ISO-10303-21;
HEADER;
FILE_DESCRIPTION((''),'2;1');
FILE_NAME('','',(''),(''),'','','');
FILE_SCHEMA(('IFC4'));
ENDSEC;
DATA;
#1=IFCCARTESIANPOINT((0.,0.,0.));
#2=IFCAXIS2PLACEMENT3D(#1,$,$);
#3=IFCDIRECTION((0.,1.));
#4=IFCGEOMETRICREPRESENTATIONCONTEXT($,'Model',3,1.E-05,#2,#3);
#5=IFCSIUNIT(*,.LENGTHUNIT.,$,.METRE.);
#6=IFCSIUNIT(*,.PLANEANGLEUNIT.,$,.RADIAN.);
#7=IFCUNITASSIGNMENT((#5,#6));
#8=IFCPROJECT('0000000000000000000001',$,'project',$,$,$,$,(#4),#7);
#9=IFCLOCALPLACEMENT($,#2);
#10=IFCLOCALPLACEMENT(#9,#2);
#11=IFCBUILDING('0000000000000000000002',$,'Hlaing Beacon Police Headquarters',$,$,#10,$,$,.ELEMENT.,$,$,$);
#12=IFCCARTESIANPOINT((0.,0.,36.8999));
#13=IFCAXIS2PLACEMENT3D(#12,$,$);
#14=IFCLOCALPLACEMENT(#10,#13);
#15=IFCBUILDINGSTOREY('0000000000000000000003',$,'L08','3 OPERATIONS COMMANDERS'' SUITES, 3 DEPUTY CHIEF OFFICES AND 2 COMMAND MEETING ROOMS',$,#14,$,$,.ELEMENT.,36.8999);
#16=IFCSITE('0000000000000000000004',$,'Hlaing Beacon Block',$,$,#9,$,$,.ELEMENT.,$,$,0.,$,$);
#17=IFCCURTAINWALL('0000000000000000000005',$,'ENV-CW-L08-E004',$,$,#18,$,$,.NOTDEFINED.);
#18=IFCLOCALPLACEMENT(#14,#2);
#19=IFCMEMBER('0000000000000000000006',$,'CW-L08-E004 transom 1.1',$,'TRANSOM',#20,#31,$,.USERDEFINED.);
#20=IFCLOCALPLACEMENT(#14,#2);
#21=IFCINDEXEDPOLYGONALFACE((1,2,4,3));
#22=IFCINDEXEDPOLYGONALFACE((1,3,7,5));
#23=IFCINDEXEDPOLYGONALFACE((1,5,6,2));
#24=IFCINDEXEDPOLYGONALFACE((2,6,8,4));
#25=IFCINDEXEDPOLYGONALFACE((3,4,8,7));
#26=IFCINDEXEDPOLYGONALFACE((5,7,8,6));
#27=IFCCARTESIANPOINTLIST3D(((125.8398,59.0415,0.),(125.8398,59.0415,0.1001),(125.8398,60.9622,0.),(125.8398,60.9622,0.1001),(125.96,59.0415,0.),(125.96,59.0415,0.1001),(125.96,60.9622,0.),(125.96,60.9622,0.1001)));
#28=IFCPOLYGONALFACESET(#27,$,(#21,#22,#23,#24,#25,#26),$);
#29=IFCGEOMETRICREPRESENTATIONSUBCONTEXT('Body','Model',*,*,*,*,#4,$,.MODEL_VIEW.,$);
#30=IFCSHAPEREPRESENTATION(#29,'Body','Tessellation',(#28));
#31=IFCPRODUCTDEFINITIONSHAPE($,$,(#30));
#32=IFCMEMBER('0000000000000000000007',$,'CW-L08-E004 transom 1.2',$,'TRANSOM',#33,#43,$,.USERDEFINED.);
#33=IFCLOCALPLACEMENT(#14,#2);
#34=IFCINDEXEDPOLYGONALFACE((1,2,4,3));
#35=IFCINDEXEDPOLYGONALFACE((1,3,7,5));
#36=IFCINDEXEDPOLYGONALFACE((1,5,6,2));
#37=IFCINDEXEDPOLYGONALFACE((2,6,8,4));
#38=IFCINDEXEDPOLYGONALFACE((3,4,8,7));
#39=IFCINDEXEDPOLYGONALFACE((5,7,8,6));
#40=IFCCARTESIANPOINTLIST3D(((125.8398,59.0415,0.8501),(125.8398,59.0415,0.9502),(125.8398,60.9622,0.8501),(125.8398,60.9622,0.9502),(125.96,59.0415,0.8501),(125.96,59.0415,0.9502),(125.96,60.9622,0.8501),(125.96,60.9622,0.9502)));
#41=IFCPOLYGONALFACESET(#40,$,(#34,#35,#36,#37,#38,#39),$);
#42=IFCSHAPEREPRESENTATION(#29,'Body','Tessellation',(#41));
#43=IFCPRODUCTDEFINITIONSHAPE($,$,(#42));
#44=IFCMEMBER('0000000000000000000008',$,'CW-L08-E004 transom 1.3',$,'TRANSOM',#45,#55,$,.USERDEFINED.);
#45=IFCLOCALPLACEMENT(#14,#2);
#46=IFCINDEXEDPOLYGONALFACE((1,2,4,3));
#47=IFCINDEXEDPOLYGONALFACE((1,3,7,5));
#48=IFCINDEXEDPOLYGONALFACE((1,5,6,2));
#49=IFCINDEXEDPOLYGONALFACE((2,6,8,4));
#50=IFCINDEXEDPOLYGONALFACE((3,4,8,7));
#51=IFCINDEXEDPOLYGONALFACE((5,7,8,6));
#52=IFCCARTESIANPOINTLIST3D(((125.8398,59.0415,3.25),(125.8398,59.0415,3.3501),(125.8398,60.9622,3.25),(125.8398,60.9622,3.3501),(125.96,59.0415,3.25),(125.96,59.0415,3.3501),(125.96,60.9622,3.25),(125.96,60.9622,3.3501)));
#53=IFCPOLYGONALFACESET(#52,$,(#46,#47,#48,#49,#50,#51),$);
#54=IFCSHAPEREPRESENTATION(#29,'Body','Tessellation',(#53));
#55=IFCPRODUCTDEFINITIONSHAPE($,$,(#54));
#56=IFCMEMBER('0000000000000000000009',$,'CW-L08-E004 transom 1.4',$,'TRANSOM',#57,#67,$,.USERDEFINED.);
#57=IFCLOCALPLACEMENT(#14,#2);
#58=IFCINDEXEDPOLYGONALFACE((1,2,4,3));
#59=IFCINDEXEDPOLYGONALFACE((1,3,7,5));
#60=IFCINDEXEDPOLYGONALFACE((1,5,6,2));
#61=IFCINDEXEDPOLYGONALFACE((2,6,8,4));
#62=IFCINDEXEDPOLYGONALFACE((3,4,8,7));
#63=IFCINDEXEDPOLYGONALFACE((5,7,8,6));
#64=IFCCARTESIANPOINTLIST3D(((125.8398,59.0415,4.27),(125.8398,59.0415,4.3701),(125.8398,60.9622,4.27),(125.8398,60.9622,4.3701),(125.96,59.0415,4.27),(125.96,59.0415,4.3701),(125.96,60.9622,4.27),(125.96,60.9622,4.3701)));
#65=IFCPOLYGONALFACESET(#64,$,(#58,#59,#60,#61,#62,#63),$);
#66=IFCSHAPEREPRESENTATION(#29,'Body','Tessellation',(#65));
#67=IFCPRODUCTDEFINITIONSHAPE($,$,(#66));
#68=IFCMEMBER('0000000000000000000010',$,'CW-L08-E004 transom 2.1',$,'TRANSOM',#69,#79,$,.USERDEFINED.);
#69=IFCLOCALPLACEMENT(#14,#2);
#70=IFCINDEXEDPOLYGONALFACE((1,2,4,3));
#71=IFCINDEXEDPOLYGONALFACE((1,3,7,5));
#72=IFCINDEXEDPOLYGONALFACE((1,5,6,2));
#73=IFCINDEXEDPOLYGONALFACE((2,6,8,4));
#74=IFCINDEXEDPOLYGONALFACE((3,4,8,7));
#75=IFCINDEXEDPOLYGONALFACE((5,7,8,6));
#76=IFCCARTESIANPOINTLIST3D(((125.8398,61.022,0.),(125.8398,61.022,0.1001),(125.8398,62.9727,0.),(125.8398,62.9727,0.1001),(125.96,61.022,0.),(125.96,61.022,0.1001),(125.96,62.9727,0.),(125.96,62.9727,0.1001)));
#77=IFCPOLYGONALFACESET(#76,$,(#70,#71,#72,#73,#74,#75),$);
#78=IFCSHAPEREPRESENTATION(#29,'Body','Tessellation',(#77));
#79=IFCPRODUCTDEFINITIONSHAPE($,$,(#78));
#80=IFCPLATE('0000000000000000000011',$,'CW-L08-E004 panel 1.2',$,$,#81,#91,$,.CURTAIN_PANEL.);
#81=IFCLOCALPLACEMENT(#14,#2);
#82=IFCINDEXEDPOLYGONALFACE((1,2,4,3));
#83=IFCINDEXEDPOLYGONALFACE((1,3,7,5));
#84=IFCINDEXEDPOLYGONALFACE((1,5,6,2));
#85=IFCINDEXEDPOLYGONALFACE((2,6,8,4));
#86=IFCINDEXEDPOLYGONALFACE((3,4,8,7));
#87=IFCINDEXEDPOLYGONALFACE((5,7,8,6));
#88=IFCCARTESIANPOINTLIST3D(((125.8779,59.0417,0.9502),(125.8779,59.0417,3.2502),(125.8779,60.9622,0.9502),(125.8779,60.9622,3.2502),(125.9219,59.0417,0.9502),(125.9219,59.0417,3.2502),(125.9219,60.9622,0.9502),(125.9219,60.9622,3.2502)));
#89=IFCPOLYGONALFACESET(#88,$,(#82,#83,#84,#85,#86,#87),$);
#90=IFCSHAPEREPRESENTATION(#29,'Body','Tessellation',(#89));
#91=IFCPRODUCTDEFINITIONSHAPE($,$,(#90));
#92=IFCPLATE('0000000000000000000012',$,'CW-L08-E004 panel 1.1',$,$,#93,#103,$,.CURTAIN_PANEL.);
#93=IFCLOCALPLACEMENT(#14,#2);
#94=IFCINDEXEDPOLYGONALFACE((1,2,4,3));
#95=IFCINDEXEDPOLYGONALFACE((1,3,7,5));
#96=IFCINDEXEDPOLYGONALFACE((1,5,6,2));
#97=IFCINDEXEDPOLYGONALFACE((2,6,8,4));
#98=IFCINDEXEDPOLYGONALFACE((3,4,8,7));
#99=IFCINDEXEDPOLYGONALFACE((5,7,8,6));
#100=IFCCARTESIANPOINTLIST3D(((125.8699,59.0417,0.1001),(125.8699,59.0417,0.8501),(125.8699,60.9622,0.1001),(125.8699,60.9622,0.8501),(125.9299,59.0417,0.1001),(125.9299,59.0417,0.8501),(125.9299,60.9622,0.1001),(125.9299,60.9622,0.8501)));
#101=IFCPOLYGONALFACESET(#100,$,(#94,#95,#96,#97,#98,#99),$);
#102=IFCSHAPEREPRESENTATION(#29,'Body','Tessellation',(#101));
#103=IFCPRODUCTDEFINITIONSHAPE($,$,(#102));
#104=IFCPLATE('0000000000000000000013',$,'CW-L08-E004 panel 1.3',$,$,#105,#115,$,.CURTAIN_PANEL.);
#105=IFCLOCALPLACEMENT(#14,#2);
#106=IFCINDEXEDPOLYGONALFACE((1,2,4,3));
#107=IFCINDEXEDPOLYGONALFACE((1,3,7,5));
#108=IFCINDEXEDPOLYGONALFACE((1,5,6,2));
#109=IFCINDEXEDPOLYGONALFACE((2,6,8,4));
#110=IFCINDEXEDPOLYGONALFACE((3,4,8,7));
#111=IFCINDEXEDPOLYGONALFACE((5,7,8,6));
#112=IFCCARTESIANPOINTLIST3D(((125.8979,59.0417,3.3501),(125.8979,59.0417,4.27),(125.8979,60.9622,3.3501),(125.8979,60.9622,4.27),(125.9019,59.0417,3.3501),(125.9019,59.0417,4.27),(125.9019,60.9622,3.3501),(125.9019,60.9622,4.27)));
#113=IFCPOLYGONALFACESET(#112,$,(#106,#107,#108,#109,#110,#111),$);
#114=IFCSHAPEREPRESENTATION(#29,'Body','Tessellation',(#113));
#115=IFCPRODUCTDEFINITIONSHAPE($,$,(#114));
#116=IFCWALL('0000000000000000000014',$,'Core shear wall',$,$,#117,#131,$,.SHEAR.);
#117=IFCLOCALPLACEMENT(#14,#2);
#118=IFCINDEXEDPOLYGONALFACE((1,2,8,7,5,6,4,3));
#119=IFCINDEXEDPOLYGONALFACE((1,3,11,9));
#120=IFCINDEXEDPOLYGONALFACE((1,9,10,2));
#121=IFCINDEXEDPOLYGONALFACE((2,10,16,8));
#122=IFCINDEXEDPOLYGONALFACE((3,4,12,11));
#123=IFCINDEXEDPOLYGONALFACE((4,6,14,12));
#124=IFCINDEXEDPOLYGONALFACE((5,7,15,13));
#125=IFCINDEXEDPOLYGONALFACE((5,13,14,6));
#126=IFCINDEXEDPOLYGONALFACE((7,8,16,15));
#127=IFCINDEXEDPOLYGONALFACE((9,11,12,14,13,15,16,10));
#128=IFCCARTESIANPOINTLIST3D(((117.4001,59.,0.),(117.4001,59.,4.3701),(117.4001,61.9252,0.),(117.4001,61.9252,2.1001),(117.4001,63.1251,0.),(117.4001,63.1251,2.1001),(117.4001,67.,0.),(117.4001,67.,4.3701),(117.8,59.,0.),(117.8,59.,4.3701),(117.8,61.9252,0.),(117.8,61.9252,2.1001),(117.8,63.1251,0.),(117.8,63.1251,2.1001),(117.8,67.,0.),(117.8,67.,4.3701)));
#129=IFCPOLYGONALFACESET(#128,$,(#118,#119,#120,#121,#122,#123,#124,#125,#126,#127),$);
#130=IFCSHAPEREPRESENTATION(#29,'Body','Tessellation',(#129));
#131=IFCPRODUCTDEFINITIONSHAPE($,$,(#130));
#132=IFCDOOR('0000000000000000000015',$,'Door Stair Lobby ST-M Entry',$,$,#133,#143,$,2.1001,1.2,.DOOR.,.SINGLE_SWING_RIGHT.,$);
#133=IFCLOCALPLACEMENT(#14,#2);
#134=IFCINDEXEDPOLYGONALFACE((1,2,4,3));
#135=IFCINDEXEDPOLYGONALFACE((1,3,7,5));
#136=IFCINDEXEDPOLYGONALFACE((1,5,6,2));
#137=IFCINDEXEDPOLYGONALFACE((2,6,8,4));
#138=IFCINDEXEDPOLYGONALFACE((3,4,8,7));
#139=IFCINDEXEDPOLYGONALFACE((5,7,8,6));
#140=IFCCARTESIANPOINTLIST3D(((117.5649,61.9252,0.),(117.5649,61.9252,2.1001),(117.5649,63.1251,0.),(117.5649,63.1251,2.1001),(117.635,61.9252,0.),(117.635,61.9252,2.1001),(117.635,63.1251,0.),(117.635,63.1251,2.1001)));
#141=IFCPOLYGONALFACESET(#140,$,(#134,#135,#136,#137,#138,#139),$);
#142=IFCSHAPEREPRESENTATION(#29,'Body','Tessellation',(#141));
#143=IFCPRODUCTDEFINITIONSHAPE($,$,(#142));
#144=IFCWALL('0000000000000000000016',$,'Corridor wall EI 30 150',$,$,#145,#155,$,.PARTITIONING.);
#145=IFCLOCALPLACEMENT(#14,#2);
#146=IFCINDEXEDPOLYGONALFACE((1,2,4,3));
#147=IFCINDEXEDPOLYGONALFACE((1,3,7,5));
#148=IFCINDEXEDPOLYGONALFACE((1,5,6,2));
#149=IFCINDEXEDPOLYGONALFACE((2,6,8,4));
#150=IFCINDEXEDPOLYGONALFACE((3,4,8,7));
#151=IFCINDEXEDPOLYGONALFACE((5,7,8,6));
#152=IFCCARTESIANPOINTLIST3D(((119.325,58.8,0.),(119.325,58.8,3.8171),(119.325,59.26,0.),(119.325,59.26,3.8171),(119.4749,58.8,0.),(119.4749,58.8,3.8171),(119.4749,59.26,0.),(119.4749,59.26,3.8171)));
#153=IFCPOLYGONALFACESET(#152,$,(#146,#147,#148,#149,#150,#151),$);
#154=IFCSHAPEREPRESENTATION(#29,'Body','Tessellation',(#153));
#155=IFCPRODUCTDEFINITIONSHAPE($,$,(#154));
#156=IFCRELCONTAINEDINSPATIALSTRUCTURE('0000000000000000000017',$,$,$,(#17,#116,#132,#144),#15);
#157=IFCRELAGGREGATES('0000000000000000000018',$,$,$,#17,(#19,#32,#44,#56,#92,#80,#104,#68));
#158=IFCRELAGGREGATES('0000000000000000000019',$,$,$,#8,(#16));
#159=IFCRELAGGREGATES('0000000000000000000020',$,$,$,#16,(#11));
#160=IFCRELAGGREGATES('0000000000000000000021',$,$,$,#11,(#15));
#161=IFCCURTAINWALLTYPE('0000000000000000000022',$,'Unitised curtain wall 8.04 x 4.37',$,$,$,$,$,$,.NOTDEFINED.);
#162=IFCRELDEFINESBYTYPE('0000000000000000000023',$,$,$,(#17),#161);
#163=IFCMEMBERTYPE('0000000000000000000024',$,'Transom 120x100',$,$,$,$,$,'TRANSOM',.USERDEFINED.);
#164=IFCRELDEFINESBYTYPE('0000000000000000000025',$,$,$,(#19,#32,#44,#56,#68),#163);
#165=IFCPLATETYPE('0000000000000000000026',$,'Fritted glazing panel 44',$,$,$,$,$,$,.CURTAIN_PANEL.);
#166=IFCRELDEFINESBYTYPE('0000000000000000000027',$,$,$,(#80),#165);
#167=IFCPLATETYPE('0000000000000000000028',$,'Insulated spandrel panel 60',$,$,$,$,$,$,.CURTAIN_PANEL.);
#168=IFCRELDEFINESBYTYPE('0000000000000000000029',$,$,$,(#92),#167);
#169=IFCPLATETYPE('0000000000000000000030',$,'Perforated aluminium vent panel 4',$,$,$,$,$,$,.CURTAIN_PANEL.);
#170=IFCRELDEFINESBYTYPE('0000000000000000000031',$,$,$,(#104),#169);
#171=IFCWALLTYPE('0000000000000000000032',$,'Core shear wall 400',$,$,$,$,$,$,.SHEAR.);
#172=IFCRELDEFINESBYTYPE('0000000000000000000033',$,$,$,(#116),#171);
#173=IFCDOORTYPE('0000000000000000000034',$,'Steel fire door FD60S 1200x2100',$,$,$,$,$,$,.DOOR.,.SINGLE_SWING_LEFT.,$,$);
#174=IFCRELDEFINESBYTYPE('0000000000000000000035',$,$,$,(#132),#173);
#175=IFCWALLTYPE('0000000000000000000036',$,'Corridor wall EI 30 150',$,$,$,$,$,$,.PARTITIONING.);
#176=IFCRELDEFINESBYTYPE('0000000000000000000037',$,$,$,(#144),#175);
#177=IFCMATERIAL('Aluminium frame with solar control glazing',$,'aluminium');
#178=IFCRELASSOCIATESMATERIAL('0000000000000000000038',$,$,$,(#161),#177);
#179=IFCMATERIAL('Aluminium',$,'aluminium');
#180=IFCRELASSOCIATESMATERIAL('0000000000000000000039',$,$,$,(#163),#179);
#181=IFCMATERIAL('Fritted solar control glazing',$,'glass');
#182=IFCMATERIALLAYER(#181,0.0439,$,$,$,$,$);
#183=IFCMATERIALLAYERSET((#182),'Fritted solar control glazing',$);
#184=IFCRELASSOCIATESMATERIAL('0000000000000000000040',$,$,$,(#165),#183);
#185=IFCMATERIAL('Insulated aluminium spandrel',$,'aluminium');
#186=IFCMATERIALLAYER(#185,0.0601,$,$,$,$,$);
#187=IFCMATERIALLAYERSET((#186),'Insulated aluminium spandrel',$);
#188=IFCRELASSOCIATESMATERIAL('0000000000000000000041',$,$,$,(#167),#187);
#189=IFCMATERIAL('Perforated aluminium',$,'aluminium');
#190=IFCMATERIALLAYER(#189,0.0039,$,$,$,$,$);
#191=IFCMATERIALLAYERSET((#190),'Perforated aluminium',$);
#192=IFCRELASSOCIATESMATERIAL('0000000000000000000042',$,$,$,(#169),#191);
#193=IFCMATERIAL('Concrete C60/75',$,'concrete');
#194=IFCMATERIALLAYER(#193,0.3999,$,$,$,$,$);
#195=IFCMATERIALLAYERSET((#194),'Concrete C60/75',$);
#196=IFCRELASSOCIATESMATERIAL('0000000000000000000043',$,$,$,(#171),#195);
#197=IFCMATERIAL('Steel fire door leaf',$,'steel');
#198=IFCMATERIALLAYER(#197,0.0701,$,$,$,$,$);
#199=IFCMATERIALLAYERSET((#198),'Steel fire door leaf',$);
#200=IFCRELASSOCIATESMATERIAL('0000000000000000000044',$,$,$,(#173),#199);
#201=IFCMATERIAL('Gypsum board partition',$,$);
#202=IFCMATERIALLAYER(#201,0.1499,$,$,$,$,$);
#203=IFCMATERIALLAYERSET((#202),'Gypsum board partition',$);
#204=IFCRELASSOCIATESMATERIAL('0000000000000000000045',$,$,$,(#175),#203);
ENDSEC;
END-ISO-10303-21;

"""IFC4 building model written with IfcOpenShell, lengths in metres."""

from ifc_helpers import new_model, si_unit, direction, frame, frame_2d, origin, origin_2d, place, context, subcontext, project, spatial, rectangle, extrude, material, layer, layer_set, material_profile, profile_set, type_object, element, fill, aggregate, save


model = new_model("IFC4")

# Units and contexts
model_context = context("Model", 3, precision=1e-05, world=origin(), true_north=direction((0.0, 1.0)))
body_context = subcontext(model_context, "Body", "Model", "MODEL_VIEW")
ifc_project = project(units=[si_unit("LENGTHUNIT", "METRE"), si_unit("PLANEANGLEUNIT", "RADIAN")], contexts=[model_context])

# Site, building, storey
site_placement = place(None, origin())
site = spatial("IfcSite", under=ifc_project, at=site_placement, Name="Hlaing Beacon Block", CompositionType="ELEMENT", RefElevation=0.0)
building_placement = place(site_placement, origin())
building = spatial("IfcBuilding", under=site, at=building_placement, Name="Hlaing Beacon Police Headquarters", CompositionType="ELEMENT")
storey_placement = place(building_placement, frame((0.0, 0.0, 36.8999)))
storey = spatial("IfcBuildingStorey", under=building, at=storey_placement, Name="L08", Description="3 OPERATIONS COMMANDERS' SUITES, 3 DEPUTY CHIEF OFFICES AND 2 COMMAND MEETING ROOMS", CompositionType="ELEMENT", Elevation=36.8999)

# Curtain wall
ifc_material_1 = material(Name="Aluminium frame with solar control glazing", Category="aluminium")
curtain_wall_type = type_object("IfcCurtainWallType", Name="Unitised curtain wall 8.04 x 4.37", PredefinedType="NOTDEFINED", material=ifc_material_1)
curtain_wall_placement = place(storey_placement, origin())
curtain_wall = element("IfcCurtainWall", 1, at=curtain_wall_placement, inside=storey, type_object=curtain_wall_type, Name="ENV-CW-L08-E004", PredefinedType="NOTDEFINED")

# Members
ifc_material_2 = material(Name="Aluminium", Category="aluminium")
ifc_material_profile_1 = material_profile(ifc_material_2, rectangle(XDim=0.1201, YDim=0.1001, at=origin_2d()), Name="Transom 120x100")
ifc_profile_set_1 = profile_set([ifc_material_profile_1], Name="Aluminium")
member_type_1 = type_object("IfcMemberType", Name="Transom 120x100", ElementType="TRANSOM", PredefinedType="USERDEFINED", material=ifc_profile_set_1)
member_1_placement = place(storey_placement, frame((125.8999, 59.0415, 0.05), z_axis=(0.0, 1.0, 0.0), x_axis=(-1.0, 0.0, 0.0)))
member_1 = element("IfcMember", 2, at=member_1_placement, type_object=member_type_1, Name="CW-L08-E004 transom 1.1", ObjectType="TRANSOM", PredefinedType="USERDEFINED", context=body_context, shape_type="SweptSolid", body=[
    extrude(rectangle(XDim=0.1201, YDim=0.1001, at=origin_2d()), origin(), (0.0, 0.0, 1.0), 1.9207),
])
member_2_placement = place(storey_placement, frame((125.8999, 59.0415, 0.9001), z_axis=(0.0, 1.0, 0.0), x_axis=(-1.0, 0.0, 0.0)))
member_2 = element("IfcMember", 3, at=member_2_placement, type_object=member_type_1, Name="CW-L08-E004 transom 1.2", ObjectType="TRANSOM", PredefinedType="USERDEFINED", context=body_context, shape_type="SweptSolid", body=[
    extrude(rectangle(XDim=0.1201, YDim=0.1001, at=origin_2d()), origin(), (0.0, 0.0, 1.0), 1.9207),
])
member_3_placement = place(storey_placement, frame((125.8999, 59.0415, 3.3), z_axis=(0.0, 1.0, 0.0), x_axis=(-1.0, 0.0, 0.0)))
member_3 = element("IfcMember", 4, at=member_3_placement, type_object=member_type_1, Name="CW-L08-E004 transom 1.3", ObjectType="TRANSOM", PredefinedType="USERDEFINED", context=body_context, shape_type="SweptSolid", body=[
    extrude(rectangle(XDim=0.1201, YDim=0.1001, at=origin_2d()), origin(), (0.0, 0.0, 1.0), 1.9207),
])
member_4_placement = place(storey_placement, frame((125.8999, 59.0415, 4.3201), z_axis=(0.0, 1.0, 0.0), x_axis=(-1.0, 0.0, 0.0)))
member_4 = element("IfcMember", 5, at=member_4_placement, type_object=member_type_1, Name="CW-L08-E004 transom 1.4", ObjectType="TRANSOM", PredefinedType="USERDEFINED", context=body_context, shape_type="SweptSolid", body=[
    extrude(rectangle(XDim=0.1201, YDim=0.1001, at=origin_2d()), origin(), (0.0, 0.0, 1.0), 1.9207),
])
member_5_placement = place(storey_placement, frame((125.8999, 61.022, 0.05), z_axis=(0.0, 1.0, 0.0), x_axis=(-1.0, 0.0, 0.0)))
member_5 = element("IfcMember", 6, at=member_5_placement, type_object=member_type_1, Name="CW-L08-E004 transom 2.1", ObjectType="TRANSOM", PredefinedType="USERDEFINED", context=body_context, shape_type="SweptSolid", body=[
    extrude(rectangle(XDim=0.1201, YDim=0.1001, at=origin_2d()), origin(), (0.0, 0.0, 1.0), 1.9507),
])

# Plates
ifc_material_3 = material(Name="Fritted solar control glazing", Category="glass")
ifc_layer_1 = layer(ifc_material_3, 0.0439)
ifc_layer_set_1 = layer_set([ifc_layer_1], Name="Fritted solar control glazing")
plate_type_1 = type_object("IfcPlateType", Name="Fritted glazing panel 44", PredefinedType="CURTAIN_PANEL", material=ifc_layer_set_1)
plate_1_placement = place(storey_placement, frame((125.8999, 60.002, 0.9502), z_axis=(0.0, 0.0, 1.0), x_axis=(0.0, 1.0, 0.0)))
plate_1 = element("IfcPlate", 7, at=plate_1_placement, type_object=plate_type_1, Name="CW-L08-E004 panel 1.2", PredefinedType="CURTAIN_PANEL", context=body_context, shape_type="SweptSolid", body=[
    extrude(rectangle(XDim=1.9204, YDim=0.0439, at=origin_2d()), origin(), (0.0, 0.0, 1.0), 2.3),
])
ifc_material_4 = material(Name="Insulated aluminium spandrel", Category="aluminium")
ifc_layer_2 = layer(ifc_material_4, 0.0601)
ifc_layer_set_2 = layer_set([ifc_layer_2], Name="Insulated aluminium spandrel")
plate_type_2 = type_object("IfcPlateType", Name="Insulated spandrel panel 60", PredefinedType="CURTAIN_PANEL", material=ifc_layer_set_2)
plate_2_placement = place(storey_placement, frame((125.8999, 60.002, 0.1001), z_axis=(0.0, 0.0, 1.0), x_axis=(0.0, 1.0, 0.0)))
plate_2 = element("IfcPlate", 8, at=plate_2_placement, type_object=plate_type_2, Name="CW-L08-E004 panel 1.1", PredefinedType="CURTAIN_PANEL", context=body_context, shape_type="SweptSolid", body=[
    extrude(rectangle(XDim=1.9204, YDim=0.0601, at=origin_2d()), origin(), (0.0, 0.0, 1.0), 0.75),
])
ifc_material_5 = material(Name="Perforated aluminium", Category="aluminium")
ifc_layer_3 = layer(ifc_material_5, 0.0039)
ifc_layer_set_3 = layer_set([ifc_layer_3], Name="Perforated aluminium")
plate_type_3 = type_object("IfcPlateType", Name="Perforated aluminium vent panel 4", PredefinedType="CURTAIN_PANEL", material=ifc_layer_set_3)
plate_3_placement = place(storey_placement, frame((125.8999, 60.002, 3.3501), z_axis=(0.0, 0.0, 1.0), x_axis=(0.0, 1.0, 0.0)))
plate_3 = element("IfcPlate", 9, at=plate_3_placement, type_object=plate_type_3, Name="CW-L08-E004 panel 1.3", PredefinedType="CURTAIN_PANEL", context=body_context, shape_type="SweptSolid", body=[
    extrude(rectangle(XDim=1.9204, YDim=0.0039, at=origin_2d()), origin(), (0.0, 0.0, 1.0), 0.9199),
])
aggregate(curtain_wall, [member_1, member_2, member_3, member_4, plate_2, plate_1, plate_3, member_5])

# Wall, opening, door
ifc_material_6 = material(Name="Concrete C60/75", Category="concrete")
ifc_layer_4 = layer(ifc_material_6, 0.3999)
ifc_layer_set_4 = layer_set([ifc_layer_4], Name="Concrete C60/75")
wall_type_1 = type_object("IfcWallType", Name="Core shear wall 400", PredefinedType="SHEAR", material=ifc_layer_set_4)
wall_1_placement = place(storey_placement, frame((117.6001, 59.0, 0.0), z_axis=(0.0, 0.0, 1.0), x_axis=(0.0, 1.0, 0.0)))
wall_1 = element("IfcWall", 10, at=wall_1_placement, inside=storey, type_object=wall_type_1, Name="Core shear wall", PredefinedType="SHEAR", context=body_context, shape_type="SweptSolid", body=[
    extrude(rectangle(XDim=8.0, YDim=0.3999, at=frame_2d((4.0, 0.0))), origin(), (0.0, 0.0, 1.0), 4.3701),
])
opening_1_placement = place(wall_1_placement, frame((2.925, 0.0, 0.0)))
opening_1 = element("IfcOpeningElement", 11, at=opening_1_placement, cuts=wall_1, PredefinedType="OPENING", context=body_context, shape_type="SweptSolid", body=[
    extrude(rectangle(XDim=1.2, YDim=2.1001, at=frame_2d((0.6001, 1.05))), frame((0.0, 0.21, 0.0), z_axis=(0.0, -1.0, 0.0), x_axis=(1.0, 0.0, 0.0)), (0.0, 0.0, 1.0), 0.4199),
])
ifc_material_7 = material(Name="Steel fire door leaf", Category="steel")
ifc_layer_5 = layer(ifc_material_7, 0.0701)
ifc_layer_set_5 = layer_set([ifc_layer_5], Name="Steel fire door leaf")
door_type_1 = type_object("IfcDoorType", Name="Steel fire door FD60S 1200x2100", OperationType="SINGLE_SWING_LEFT", PredefinedType="DOOR", material=ifc_layer_set_5)
door_1_placement = place(opening_1_placement, origin())
door_1 = element("IfcDoor", 12, at=door_1_placement, inside=storey, type_object=door_type_1, Name="Door Stair Lobby ST-M Entry", OperationType="SINGLE_SWING_RIGHT", OverallHeight=2.1001, OverallWidth=1.2, PredefinedType="DOOR", context=body_context, shape_type="SweptSolid", body=[
    extrude(rectangle(XDim=1.2, YDim=2.1001, at=frame_2d((0.6001, 1.05))), frame((0.0, 0.0352, 0.0), z_axis=(0.0, -1.0, 0.0), x_axis=(1.0, 0.0, 0.0)), (0.0, 0.0, 1.0), 0.0701),
])
fill(opening_1, door_1)

# Wall
ifc_material_8 = material(Name="Gypsum board partition")
ifc_layer_6 = layer(ifc_material_8, 0.1499)
ifc_layer_set_6 = layer_set([ifc_layer_6], Name="Gypsum board partition")
wall_type_2 = type_object("IfcWallType", Name="Corridor wall EI 30 150", PredefinedType="PARTITIONING", material=ifc_layer_set_6)
wall_2_placement = place(storey_placement, frame((119.3999, 58.8, 0.0), z_axis=(0.0, 0.0, 1.0), x_axis=(0.0, 1.0, 0.0)))
element("IfcWall", 13, at=wall_2_placement, inside=storey, type_object=wall_type_2, Name="Corridor wall EI 30 150", PredefinedType="PARTITIONING", context=body_context, shape_type="SweptSolid", body=[
    extrude(rectangle(XDim=0.46, YDim=0.1499, at=frame_2d((0.23, 0.0))), origin(), (0.0, 0.0, 1.0), 3.8171),
])

save(model, "model.ifc")
